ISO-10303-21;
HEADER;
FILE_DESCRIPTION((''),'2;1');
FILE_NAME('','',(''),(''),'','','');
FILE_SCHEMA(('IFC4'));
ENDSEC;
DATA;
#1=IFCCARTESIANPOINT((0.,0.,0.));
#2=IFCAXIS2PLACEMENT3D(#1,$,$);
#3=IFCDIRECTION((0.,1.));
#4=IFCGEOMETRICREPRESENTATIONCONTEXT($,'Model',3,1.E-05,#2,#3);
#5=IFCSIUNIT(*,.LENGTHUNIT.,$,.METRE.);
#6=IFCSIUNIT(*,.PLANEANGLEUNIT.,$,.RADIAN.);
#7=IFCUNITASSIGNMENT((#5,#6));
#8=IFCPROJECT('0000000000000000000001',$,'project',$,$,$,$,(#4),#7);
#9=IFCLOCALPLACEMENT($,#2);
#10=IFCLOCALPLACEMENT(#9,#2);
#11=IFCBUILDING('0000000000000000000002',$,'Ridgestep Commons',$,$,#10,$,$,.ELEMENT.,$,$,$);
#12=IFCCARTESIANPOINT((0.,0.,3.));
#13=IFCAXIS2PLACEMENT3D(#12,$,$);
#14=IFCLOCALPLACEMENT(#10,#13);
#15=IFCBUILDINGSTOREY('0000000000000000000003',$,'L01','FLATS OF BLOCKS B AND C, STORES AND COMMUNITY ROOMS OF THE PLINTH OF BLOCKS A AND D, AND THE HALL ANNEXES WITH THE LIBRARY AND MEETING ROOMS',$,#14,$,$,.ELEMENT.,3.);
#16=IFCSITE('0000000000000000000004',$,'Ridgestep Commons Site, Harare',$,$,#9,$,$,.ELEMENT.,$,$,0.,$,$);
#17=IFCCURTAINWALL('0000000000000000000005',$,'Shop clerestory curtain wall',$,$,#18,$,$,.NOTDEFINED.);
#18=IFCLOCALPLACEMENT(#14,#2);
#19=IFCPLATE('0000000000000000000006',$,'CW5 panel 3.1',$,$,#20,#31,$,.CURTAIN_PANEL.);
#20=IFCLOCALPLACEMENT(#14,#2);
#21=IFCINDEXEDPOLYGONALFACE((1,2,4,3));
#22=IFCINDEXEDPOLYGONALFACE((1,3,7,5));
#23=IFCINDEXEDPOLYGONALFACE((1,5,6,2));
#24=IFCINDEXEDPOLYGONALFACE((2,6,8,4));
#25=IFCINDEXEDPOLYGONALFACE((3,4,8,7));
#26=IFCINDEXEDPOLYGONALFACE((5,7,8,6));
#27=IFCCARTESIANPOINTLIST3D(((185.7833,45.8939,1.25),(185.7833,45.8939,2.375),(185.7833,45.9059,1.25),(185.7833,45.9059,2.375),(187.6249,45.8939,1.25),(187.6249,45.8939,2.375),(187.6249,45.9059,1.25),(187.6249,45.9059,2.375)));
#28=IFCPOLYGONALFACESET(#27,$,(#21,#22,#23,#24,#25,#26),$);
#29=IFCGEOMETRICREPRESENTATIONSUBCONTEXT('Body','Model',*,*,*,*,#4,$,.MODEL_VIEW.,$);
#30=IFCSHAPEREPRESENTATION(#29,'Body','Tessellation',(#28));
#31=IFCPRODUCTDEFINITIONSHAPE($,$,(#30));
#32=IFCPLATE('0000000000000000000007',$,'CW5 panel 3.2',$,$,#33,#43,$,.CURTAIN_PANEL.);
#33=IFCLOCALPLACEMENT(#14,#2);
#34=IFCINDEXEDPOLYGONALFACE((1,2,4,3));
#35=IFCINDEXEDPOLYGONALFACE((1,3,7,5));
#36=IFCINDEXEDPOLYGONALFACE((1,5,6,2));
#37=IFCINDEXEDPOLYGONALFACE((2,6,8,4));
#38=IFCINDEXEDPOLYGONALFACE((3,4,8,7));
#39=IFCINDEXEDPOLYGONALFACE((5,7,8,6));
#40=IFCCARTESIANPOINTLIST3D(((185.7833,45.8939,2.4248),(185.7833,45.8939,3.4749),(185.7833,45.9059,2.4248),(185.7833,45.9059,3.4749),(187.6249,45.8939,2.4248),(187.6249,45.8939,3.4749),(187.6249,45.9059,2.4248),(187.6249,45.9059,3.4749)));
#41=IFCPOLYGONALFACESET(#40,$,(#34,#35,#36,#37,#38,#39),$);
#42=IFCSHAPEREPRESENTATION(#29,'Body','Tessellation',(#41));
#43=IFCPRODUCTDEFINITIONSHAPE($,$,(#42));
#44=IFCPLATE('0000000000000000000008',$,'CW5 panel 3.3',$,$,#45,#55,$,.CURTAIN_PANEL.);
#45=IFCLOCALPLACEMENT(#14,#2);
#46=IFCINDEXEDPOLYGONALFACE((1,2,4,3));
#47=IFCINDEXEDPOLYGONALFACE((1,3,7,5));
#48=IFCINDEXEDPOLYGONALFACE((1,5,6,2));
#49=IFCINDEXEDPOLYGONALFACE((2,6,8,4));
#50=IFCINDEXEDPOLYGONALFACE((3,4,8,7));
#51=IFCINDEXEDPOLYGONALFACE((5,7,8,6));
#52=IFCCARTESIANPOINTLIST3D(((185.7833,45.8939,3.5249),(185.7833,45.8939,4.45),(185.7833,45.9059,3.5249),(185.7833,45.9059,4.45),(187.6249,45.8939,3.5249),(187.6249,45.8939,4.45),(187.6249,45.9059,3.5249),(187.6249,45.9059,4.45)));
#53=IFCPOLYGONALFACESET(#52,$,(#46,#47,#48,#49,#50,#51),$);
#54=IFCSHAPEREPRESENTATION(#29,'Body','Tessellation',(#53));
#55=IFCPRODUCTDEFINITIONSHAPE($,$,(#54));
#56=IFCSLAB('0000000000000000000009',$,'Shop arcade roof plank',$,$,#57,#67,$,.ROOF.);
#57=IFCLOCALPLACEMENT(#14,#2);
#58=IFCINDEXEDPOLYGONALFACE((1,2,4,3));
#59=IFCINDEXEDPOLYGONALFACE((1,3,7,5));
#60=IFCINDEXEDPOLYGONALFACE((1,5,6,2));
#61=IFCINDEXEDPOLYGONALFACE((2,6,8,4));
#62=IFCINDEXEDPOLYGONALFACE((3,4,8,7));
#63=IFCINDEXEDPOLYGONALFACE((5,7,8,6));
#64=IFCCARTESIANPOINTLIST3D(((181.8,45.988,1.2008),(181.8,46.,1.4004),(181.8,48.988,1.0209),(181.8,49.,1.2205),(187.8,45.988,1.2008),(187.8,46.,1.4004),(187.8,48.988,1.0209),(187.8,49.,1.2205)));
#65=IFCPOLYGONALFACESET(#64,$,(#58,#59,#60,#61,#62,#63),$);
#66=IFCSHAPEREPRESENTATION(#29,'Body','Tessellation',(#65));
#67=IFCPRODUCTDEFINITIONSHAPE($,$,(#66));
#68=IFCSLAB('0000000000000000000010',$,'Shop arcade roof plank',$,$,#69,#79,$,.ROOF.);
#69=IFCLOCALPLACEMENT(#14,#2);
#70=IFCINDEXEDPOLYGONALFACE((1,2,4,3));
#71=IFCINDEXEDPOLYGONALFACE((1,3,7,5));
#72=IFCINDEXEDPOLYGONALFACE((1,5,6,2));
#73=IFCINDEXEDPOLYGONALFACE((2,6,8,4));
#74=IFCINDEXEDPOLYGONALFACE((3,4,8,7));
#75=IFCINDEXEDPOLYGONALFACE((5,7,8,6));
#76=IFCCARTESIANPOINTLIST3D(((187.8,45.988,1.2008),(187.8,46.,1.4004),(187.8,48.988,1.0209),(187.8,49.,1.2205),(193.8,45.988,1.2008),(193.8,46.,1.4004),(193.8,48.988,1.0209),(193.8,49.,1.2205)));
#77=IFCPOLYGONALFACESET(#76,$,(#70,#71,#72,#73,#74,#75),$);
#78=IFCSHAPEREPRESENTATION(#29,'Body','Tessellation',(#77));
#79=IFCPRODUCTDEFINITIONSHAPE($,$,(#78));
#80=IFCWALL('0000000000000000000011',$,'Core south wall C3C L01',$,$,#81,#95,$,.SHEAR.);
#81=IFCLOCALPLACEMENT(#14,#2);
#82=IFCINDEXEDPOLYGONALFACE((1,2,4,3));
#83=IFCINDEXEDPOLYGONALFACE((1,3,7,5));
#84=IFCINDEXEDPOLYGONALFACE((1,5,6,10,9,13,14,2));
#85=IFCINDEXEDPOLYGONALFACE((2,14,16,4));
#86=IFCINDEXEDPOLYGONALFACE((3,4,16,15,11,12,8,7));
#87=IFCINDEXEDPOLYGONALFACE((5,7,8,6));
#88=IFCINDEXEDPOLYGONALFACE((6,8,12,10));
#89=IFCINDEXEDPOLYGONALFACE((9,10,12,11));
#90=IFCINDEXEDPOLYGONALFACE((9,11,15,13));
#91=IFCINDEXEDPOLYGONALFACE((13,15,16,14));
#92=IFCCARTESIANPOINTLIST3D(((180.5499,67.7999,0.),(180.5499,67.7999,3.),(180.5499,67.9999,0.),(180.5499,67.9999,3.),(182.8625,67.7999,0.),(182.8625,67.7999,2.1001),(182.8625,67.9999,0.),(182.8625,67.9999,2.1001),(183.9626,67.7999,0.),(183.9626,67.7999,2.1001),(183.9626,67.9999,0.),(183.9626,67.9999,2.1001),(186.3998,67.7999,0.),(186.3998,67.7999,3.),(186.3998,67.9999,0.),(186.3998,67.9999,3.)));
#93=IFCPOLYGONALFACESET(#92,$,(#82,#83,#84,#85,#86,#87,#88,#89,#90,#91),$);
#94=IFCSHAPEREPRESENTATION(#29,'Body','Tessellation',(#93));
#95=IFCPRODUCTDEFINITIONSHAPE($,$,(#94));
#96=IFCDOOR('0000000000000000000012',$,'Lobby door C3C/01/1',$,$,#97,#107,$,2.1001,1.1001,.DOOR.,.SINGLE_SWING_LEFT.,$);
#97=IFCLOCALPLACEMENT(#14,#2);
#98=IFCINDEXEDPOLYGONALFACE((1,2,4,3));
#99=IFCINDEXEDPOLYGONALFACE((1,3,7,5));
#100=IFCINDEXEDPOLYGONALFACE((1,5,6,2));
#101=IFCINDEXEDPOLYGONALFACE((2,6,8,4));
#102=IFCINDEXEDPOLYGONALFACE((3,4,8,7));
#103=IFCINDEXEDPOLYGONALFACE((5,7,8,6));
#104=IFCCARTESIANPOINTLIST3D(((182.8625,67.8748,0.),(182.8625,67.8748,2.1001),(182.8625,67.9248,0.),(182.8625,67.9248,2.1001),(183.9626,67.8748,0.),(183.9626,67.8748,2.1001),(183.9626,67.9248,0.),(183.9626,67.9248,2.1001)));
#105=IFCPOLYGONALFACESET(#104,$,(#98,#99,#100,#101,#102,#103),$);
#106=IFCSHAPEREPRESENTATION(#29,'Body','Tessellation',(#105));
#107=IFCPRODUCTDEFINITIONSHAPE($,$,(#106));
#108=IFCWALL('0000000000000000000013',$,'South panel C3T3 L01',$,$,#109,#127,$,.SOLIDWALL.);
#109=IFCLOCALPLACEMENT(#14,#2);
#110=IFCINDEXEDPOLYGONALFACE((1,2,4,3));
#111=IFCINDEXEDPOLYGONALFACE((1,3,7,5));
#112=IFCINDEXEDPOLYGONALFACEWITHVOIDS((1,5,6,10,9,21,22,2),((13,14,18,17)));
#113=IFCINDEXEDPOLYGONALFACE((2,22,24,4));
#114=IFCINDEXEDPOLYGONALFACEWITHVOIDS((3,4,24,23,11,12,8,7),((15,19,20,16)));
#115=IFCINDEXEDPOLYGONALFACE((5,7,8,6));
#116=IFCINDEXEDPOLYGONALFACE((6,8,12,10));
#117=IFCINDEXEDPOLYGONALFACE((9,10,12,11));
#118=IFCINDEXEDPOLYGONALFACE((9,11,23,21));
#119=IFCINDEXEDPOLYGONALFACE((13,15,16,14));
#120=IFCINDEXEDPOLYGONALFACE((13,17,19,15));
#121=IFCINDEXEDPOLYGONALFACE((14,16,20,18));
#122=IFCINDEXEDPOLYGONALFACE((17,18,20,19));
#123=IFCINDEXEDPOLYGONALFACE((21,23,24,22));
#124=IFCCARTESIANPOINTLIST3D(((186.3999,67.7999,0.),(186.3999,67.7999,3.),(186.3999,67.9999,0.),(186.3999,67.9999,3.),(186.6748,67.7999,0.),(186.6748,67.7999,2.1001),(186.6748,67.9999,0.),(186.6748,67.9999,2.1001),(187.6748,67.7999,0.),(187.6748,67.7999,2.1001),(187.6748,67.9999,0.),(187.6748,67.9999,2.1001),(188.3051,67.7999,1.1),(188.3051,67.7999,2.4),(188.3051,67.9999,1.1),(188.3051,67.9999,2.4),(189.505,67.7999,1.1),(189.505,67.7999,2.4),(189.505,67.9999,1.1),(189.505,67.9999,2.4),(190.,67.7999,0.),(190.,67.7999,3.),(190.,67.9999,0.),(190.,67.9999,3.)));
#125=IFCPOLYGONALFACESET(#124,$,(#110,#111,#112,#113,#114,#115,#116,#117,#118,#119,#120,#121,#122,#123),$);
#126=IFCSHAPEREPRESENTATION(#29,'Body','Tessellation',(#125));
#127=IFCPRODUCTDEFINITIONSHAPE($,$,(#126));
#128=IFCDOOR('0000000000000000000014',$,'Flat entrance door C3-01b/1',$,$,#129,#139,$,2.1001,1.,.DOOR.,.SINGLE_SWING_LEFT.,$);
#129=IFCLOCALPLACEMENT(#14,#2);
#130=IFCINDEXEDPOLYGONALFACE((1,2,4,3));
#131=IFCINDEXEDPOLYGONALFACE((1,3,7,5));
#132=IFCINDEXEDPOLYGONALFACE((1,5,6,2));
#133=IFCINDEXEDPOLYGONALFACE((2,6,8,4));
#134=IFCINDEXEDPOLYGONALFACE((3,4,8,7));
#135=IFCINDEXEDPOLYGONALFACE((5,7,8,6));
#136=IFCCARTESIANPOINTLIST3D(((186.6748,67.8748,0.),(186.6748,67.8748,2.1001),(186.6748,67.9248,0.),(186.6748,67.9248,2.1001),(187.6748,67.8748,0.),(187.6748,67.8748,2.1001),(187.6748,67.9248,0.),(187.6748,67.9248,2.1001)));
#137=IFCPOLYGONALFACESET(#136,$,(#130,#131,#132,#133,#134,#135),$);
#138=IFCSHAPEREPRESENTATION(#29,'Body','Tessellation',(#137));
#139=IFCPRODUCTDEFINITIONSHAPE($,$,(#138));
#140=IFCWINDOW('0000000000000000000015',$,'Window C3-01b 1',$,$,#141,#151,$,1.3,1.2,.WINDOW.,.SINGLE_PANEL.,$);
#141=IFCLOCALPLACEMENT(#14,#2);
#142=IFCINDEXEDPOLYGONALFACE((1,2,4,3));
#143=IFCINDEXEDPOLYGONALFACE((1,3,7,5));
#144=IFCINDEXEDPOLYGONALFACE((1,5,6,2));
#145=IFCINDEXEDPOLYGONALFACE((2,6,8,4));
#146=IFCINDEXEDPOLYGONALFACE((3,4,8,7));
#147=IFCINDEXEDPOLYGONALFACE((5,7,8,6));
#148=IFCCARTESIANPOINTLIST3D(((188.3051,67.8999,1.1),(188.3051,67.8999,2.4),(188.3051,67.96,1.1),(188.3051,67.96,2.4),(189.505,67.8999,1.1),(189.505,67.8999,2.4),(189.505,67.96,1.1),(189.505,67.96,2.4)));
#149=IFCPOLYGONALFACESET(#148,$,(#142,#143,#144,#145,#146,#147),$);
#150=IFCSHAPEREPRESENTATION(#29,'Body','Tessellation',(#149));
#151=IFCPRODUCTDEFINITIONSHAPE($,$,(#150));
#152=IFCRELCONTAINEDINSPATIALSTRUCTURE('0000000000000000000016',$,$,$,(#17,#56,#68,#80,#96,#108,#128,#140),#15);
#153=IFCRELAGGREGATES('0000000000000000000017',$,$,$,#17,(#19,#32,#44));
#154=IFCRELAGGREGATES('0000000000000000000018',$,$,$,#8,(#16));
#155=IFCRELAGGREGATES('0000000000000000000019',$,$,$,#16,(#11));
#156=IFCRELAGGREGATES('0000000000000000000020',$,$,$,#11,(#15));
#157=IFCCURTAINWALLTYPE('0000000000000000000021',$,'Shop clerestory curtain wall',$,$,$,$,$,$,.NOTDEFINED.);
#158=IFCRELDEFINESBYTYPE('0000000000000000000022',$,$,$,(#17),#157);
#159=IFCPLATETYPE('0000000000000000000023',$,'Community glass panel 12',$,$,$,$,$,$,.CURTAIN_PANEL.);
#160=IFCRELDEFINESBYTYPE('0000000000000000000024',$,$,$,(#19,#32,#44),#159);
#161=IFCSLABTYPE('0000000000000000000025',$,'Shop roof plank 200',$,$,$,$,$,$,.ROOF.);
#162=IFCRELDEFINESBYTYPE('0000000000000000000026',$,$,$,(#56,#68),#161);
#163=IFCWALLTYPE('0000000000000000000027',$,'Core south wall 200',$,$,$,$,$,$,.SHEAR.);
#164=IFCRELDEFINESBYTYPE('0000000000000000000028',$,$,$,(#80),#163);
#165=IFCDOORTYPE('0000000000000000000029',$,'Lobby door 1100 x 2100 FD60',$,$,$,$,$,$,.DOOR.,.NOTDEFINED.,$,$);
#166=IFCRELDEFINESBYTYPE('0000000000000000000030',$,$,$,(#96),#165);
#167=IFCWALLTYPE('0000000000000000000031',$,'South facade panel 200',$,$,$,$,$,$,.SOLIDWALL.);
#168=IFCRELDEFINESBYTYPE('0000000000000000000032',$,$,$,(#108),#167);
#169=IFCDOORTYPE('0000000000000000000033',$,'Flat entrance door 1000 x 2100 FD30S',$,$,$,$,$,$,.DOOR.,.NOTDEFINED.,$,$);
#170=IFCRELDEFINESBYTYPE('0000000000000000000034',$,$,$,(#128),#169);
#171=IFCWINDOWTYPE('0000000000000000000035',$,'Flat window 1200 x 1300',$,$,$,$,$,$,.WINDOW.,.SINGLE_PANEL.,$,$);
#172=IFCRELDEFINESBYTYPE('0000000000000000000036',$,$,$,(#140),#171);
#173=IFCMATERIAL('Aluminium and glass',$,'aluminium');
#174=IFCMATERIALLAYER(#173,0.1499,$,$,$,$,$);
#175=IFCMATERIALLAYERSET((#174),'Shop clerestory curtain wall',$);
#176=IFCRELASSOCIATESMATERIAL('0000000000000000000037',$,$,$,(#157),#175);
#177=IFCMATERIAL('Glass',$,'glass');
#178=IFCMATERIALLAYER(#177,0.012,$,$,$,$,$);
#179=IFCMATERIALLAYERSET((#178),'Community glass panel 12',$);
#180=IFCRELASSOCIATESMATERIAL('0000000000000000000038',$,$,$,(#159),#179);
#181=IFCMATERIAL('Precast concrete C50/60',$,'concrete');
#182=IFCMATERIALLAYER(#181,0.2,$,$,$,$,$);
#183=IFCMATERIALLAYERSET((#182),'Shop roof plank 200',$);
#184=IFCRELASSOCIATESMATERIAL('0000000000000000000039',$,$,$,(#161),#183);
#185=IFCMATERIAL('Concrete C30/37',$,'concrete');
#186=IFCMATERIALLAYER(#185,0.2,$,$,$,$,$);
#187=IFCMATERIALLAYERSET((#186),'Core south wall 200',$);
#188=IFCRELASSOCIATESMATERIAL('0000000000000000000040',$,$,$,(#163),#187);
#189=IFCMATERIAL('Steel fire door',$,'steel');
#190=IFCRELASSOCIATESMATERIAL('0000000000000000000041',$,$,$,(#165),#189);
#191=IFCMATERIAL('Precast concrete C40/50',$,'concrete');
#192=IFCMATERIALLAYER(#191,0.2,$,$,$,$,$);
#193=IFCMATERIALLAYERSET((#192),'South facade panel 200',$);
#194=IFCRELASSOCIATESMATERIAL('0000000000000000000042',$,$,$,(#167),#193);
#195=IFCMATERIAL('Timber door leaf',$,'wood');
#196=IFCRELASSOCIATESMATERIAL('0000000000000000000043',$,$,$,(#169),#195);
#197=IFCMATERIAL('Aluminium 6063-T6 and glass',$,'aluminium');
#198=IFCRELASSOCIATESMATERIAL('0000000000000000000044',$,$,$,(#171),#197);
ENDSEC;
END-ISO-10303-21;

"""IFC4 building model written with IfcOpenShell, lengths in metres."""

from ifc_helpers import new_model, si_unit, direction, frame, frame_2d, origin, origin_2d, place, context, subcontext, project, spatial, polyline, rectangle, outline, extrude, material, layer, layer_set, type_object, element, fill, aggregate, save


model = new_model("IFC4")

# Units and contexts
model_context = context("Model", 3, precision=1e-05, world=origin(), true_north=direction((0.0, 1.0)))
body_context = subcontext(model_context, "Body", "Model", "MODEL_VIEW")
ifc_project = project(units=[si_unit("LENGTHUNIT", "METRE"), si_unit("PLANEANGLEUNIT", "RADIAN")], contexts=[model_context])

# Site, building, storey
site_placement = place(None, origin())
site = spatial("IfcSite", under=ifc_project, at=site_placement, Name="Ridgestep Commons Site, Harare", CompositionType="ELEMENT", RefElevation=0.0)
building_placement = place(site_placement, origin())
building = spatial("IfcBuilding", under=site, at=building_placement, Name="Ridgestep Commons", CompositionType="ELEMENT")
storey_placement = place(building_placement, frame((0.0, 0.0, 3.0)))
storey = spatial("IfcBuildingStorey", under=building, at=storey_placement, Name="L01", Description="FLATS OF BLOCKS B AND C, STORES AND COMMUNITY ROOMS OF THE PLINTH OF BLOCKS A AND D, AND THE HALL ANNEXES WITH THE LIBRARY AND MEETING ROOMS", CompositionType="ELEMENT", Elevation=3.0)

# Curtain wall
ifc_material_1 = material(Name="Aluminium and glass", Category="aluminium")
ifc_layer_1 = layer(ifc_material_1, 0.1499)
ifc_layer_set_1 = layer_set([ifc_layer_1], Name="Shop clerestory curtain wall")
curtain_wall_type = type_object("IfcCurtainWallType", Name="Shop clerestory curtain wall", PredefinedType="NOTDEFINED", material=ifc_layer_set_1)
curtain_wall_1_placement = place(storey_placement, origin())
curtain_wall_1 = element("IfcCurtainWall", 1, at=curtain_wall_1_placement, inside=storey, type_object=curtain_wall_type, Name="Shop clerestory curtain wall", PredefinedType="NOTDEFINED")

# Plates
ifc_material_2 = material(Name="Glass", Category="glass")
ifc_layer_2 = layer(ifc_material_2, 0.012)
ifc_layer_set_2 = layer_set([ifc_layer_2], Name="Community glass panel 12")
plate_type = type_object("IfcPlateType", Name="Community glass panel 12", PredefinedType="CURTAIN_PANEL", material=ifc_layer_set_2)
plate_1_placement = place(storey_placement, frame((186.7041, 45.8999, 1.25), z_axis=(0.0, 0.0, 1.0), x_axis=(1.0, 0.0, 0.0)))
plate_1 = element("IfcPlate", 2, at=plate_1_placement, type_object=plate_type, Name="CW5 panel 3.1", PredefinedType="CURTAIN_PANEL", context=body_context, shape_type="SweptSolid", body=[
    extrude(rectangle(XDim=1.8416, YDim=0.012, at=origin_2d()), origin(), (0.0, 0.0, 1.0), 1.125),
])
plate_2_placement = place(storey_placement, frame((186.7041, 45.8999, 2.4248), z_axis=(0.0, 0.0, 1.0), x_axis=(1.0, 0.0, 0.0)))
plate_2 = element("IfcPlate", 3, at=plate_2_placement, type_object=plate_type, Name="CW5 panel 3.2", PredefinedType="CURTAIN_PANEL", context=body_context, shape_type="SweptSolid", body=[
    extrude(rectangle(XDim=1.8416, YDim=0.012, at=origin_2d()), origin(), (0.0, 0.0, 1.0), 1.05),
])
plate_3_placement = place(storey_placement, frame((186.7041, 45.8999, 3.5249), z_axis=(0.0, 0.0, 1.0), x_axis=(1.0, 0.0, 0.0)))
plate_3 = element("IfcPlate", 4, at=plate_3_placement, type_object=plate_type, Name="CW5 panel 3.3", PredefinedType="CURTAIN_PANEL", context=body_context, shape_type="SweptSolid", body=[
    extrude(rectangle(XDim=1.8416, YDim=0.012, at=origin_2d()), origin(), (0.0, 0.0, 1.0), 0.925),
])
aggregate(curtain_wall_1, [plate_1, plate_2, plate_3])

# Slabs
ifc_material_3 = material(Name="Precast concrete C50/60", Category="concrete")
ifc_layer_3 = layer(ifc_material_3, 0.2)
ifc_layer_set_3 = layer_set([ifc_layer_3], Name="Shop roof plank 200")
slab_type = type_object("IfcSlabType", Name="Shop roof plank 200", PredefinedType="ROOF", material=ifc_layer_set_3)
for number, where, z_axis, x_axis, name in (
    (5, (181.8, 46.0, 1.4004), (0.0, 0.05987, 0.998206), (1.0, 0.0, 0.0), "Shop arcade roof plank"),
    (6, (187.8, 46.0, 1.4004), (0.0, 0.05987, 0.998206), (1.0, 0.0, 0.0), "Shop arcade roof plank"),
):
    element("IfcSlab", number, at=place(storey_placement, frame(where, z_axis=z_axis, x_axis=x_axis)), inside=storey, type_object=slab_type, Name=name, PredefinedType="ROOF", context=body_context, shape_type="SweptSolid", body=[
        extrude(outline(polyline([(0.0, 0.0), (6.0, 0.0), (6.0, 3.0054), (0.0, 3.0054), (0.0, 0.0)])), origin(), (0.0, 0.0, -1.0), 0.2),
    ])

# Wall, opening, door
ifc_material_4 = material(Name="Concrete C30/37", Category="concrete")
ifc_layer_4 = layer(ifc_material_4, 0.2)
ifc_layer_set_4 = layer_set([ifc_layer_4], Name="Core south wall 200")
wall_type_1 = type_object("IfcWallType", Name="Core south wall 200", PredefinedType="SHEAR", material=ifc_layer_set_4)
wall_1_placement = place(storey_placement, frame((180.55, 67.8999, 0.0), z_axis=(0.0, 0.0, 1.0), x_axis=(1.0, 0.0, 0.0)))
wall_1 = element("IfcWall", 7, at=wall_1_placement, inside=storey, type_object=wall_type_1, Name="Core south wall C3C L01", PredefinedType="SHEAR", context=body_context, shape_type="SweptSolid", body=[
    extrude(rectangle(XDim=5.8499, YDim=0.2, at=frame_2d((2.9248, 0.0))), origin(), (0.0, 0.0, 1.0), 3.0),
])
opening_1_placement = place(wall_1_placement, frame((2.3125, 0.0, 0.0)))
opening_1 = element("IfcOpeningElement", 8, at=opening_1_placement, cuts=wall_1, PredefinedType="OPENING", context=body_context, shape_type="SweptSolid", body=[
    extrude(rectangle(XDim=1.1001, YDim=2.1001, at=frame_2d((0.55, 1.05))), frame((0.0, 0.1099, 0.0), z_axis=(0.0, -1.0, 0.0), x_axis=(1.0, 0.0, 0.0)), (0.0, 0.0, 1.0), 0.22),
])
ifc_material_5 = material(Name="Steel fire door", Category="steel")
door_type_1 = type_object("IfcDoorType", Name="Lobby door 1100 x 2100 FD60", OperationType="NOTDEFINED", PredefinedType="DOOR", material=ifc_material_5)
door_1_placement = place(opening_1_placement, origin())
door_1 = element("IfcDoor", 9, at=door_1_placement, inside=storey, type_object=door_type_1, Name="Lobby door C3C/01/1", OperationType="SINGLE_SWING_LEFT", OverallHeight=2.1001, OverallWidth=1.1001, PredefinedType="DOOR", context=body_context, shape_type="SweptSolid", body=[
    extrude(rectangle(XDim=1.1001, YDim=2.1001, at=frame_2d((0.55, 1.05))), frame((0.0, 0.0249, 0.0), z_axis=(0.0, -1.0, 0.0), x_axis=(1.0, 0.0, 0.0)), (0.0, 0.0, 1.0), 0.05),
])
fill(opening_1, door_1)

# Wall, openings, door, window
ifc_material_6 = material(Name="Precast concrete C40/50", Category="concrete")
ifc_layer_5 = layer(ifc_material_6, 0.2)
ifc_layer_set_5 = layer_set([ifc_layer_5], Name="South facade panel 200")
wall_type_2 = type_object("IfcWallType", Name="South facade panel 200", PredefinedType="SOLIDWALL", material=ifc_layer_set_5)
wall_2_placement = place(storey_placement, frame((186.3999, 67.8999, 0.0), z_axis=(0.0, 0.0, 1.0), x_axis=(1.0, 0.0, 0.0)))
wall_2 = element("IfcWall", 10, at=wall_2_placement, inside=storey, type_object=wall_type_2, Name="South panel C3T3 L01", PredefinedType="SOLIDWALL", context=body_context, shape_type="SweptSolid", body=[
    extrude(rectangle(XDim=3.6001, YDim=0.2, at=frame_2d((1.8, 0.0))), origin(), (0.0, 0.0, 1.0), 3.0),
])
opening_2_placement = place(wall_2_placement, frame((1.905, 0.0, 1.1001)))
opening_2 = element("IfcOpeningElement", 11, at=opening_2_placement, cuts=wall_2, PredefinedType="OPENING", context=body_context, shape_type="SweptSolid", body=[
    extrude(rectangle(XDim=1.2, YDim=1.3, at=frame_2d((0.6001, 0.6499))), frame((0.0, 0.1099, 0.0), z_axis=(0.0, -1.0, 0.0), x_axis=(1.0, 0.0, 0.0)), (0.0, 0.0, 1.0), 0.22),
])
opening_3_placement = place(wall_2_placement, frame((0.2749, 0.0, 0.0)))
opening_3 = element("IfcOpeningElement", 12, at=opening_3_placement, cuts=wall_2, PredefinedType="OPENING", context=body_context, shape_type="SweptSolid", body=[
    extrude(rectangle(XDim=1.0, YDim=2.1001, at=frame_2d((0.5, 1.05))), frame((0.0, 0.1099, 0.0), z_axis=(0.0, -1.0, 0.0), x_axis=(1.0, 0.0, 0.0)), (0.0, 0.0, 1.0), 0.22),
])
ifc_material_7 = material(Name="Timber door leaf", Category="wood")
door_type_2 = type_object("IfcDoorType", Name="Flat entrance door 1000 x 2100 FD30S", OperationType="NOTDEFINED", PredefinedType="DOOR", material=ifc_material_7)
door_2_placement = place(opening_3_placement, origin())
door_2 = element("IfcDoor", 13, at=door_2_placement, inside=storey, type_object=door_type_2, Name="Flat entrance door C3-01b/1", OperationType="SINGLE_SWING_LEFT", OverallHeight=2.1001, OverallWidth=1.0, PredefinedType="DOOR", context=body_context, shape_type="SweptSolid", body=[
    extrude(rectangle(XDim=1.0, YDim=2.1001, at=frame_2d((0.5, 1.05))), frame((0.0, 0.0249, 0.0), z_axis=(0.0, -1.0, 0.0), x_axis=(1.0, 0.0, 0.0)), (0.0, 0.0, 1.0), 0.05),
])
fill(opening_3, door_2)
ifc_material_8 = material(Name="Aluminium 6063-T6 and glass", Category="aluminium")
window_type = type_object("IfcWindowType", Name="Flat window 1200 x 1300", PartitioningType="SINGLE_PANEL", PredefinedType="WINDOW", material=ifc_material_8)
window_placement = place(opening_2_placement, origin())
window = element("IfcWindow", 14, at=window_placement, inside=storey, type_object=window_type, Name="Window C3-01b 1", OverallHeight=1.3, OverallWidth=1.2, PartitioningType="SINGLE_PANEL", PredefinedType="WINDOW", context=body_context, shape_type="SweptSolid", body=[
    extrude(rectangle(XDim=1.2, YDim=1.3, at=frame_2d((0.6001, 0.6499))), frame((0.0, 0.0601, 0.0), z_axis=(0.0, -1.0, 0.0), x_axis=(1.0, 0.0, 0.0)), (0.0, 0.0, 1.0), 0.0601),
])
fill(opening_2, window)

save(model, "model.ifc")
